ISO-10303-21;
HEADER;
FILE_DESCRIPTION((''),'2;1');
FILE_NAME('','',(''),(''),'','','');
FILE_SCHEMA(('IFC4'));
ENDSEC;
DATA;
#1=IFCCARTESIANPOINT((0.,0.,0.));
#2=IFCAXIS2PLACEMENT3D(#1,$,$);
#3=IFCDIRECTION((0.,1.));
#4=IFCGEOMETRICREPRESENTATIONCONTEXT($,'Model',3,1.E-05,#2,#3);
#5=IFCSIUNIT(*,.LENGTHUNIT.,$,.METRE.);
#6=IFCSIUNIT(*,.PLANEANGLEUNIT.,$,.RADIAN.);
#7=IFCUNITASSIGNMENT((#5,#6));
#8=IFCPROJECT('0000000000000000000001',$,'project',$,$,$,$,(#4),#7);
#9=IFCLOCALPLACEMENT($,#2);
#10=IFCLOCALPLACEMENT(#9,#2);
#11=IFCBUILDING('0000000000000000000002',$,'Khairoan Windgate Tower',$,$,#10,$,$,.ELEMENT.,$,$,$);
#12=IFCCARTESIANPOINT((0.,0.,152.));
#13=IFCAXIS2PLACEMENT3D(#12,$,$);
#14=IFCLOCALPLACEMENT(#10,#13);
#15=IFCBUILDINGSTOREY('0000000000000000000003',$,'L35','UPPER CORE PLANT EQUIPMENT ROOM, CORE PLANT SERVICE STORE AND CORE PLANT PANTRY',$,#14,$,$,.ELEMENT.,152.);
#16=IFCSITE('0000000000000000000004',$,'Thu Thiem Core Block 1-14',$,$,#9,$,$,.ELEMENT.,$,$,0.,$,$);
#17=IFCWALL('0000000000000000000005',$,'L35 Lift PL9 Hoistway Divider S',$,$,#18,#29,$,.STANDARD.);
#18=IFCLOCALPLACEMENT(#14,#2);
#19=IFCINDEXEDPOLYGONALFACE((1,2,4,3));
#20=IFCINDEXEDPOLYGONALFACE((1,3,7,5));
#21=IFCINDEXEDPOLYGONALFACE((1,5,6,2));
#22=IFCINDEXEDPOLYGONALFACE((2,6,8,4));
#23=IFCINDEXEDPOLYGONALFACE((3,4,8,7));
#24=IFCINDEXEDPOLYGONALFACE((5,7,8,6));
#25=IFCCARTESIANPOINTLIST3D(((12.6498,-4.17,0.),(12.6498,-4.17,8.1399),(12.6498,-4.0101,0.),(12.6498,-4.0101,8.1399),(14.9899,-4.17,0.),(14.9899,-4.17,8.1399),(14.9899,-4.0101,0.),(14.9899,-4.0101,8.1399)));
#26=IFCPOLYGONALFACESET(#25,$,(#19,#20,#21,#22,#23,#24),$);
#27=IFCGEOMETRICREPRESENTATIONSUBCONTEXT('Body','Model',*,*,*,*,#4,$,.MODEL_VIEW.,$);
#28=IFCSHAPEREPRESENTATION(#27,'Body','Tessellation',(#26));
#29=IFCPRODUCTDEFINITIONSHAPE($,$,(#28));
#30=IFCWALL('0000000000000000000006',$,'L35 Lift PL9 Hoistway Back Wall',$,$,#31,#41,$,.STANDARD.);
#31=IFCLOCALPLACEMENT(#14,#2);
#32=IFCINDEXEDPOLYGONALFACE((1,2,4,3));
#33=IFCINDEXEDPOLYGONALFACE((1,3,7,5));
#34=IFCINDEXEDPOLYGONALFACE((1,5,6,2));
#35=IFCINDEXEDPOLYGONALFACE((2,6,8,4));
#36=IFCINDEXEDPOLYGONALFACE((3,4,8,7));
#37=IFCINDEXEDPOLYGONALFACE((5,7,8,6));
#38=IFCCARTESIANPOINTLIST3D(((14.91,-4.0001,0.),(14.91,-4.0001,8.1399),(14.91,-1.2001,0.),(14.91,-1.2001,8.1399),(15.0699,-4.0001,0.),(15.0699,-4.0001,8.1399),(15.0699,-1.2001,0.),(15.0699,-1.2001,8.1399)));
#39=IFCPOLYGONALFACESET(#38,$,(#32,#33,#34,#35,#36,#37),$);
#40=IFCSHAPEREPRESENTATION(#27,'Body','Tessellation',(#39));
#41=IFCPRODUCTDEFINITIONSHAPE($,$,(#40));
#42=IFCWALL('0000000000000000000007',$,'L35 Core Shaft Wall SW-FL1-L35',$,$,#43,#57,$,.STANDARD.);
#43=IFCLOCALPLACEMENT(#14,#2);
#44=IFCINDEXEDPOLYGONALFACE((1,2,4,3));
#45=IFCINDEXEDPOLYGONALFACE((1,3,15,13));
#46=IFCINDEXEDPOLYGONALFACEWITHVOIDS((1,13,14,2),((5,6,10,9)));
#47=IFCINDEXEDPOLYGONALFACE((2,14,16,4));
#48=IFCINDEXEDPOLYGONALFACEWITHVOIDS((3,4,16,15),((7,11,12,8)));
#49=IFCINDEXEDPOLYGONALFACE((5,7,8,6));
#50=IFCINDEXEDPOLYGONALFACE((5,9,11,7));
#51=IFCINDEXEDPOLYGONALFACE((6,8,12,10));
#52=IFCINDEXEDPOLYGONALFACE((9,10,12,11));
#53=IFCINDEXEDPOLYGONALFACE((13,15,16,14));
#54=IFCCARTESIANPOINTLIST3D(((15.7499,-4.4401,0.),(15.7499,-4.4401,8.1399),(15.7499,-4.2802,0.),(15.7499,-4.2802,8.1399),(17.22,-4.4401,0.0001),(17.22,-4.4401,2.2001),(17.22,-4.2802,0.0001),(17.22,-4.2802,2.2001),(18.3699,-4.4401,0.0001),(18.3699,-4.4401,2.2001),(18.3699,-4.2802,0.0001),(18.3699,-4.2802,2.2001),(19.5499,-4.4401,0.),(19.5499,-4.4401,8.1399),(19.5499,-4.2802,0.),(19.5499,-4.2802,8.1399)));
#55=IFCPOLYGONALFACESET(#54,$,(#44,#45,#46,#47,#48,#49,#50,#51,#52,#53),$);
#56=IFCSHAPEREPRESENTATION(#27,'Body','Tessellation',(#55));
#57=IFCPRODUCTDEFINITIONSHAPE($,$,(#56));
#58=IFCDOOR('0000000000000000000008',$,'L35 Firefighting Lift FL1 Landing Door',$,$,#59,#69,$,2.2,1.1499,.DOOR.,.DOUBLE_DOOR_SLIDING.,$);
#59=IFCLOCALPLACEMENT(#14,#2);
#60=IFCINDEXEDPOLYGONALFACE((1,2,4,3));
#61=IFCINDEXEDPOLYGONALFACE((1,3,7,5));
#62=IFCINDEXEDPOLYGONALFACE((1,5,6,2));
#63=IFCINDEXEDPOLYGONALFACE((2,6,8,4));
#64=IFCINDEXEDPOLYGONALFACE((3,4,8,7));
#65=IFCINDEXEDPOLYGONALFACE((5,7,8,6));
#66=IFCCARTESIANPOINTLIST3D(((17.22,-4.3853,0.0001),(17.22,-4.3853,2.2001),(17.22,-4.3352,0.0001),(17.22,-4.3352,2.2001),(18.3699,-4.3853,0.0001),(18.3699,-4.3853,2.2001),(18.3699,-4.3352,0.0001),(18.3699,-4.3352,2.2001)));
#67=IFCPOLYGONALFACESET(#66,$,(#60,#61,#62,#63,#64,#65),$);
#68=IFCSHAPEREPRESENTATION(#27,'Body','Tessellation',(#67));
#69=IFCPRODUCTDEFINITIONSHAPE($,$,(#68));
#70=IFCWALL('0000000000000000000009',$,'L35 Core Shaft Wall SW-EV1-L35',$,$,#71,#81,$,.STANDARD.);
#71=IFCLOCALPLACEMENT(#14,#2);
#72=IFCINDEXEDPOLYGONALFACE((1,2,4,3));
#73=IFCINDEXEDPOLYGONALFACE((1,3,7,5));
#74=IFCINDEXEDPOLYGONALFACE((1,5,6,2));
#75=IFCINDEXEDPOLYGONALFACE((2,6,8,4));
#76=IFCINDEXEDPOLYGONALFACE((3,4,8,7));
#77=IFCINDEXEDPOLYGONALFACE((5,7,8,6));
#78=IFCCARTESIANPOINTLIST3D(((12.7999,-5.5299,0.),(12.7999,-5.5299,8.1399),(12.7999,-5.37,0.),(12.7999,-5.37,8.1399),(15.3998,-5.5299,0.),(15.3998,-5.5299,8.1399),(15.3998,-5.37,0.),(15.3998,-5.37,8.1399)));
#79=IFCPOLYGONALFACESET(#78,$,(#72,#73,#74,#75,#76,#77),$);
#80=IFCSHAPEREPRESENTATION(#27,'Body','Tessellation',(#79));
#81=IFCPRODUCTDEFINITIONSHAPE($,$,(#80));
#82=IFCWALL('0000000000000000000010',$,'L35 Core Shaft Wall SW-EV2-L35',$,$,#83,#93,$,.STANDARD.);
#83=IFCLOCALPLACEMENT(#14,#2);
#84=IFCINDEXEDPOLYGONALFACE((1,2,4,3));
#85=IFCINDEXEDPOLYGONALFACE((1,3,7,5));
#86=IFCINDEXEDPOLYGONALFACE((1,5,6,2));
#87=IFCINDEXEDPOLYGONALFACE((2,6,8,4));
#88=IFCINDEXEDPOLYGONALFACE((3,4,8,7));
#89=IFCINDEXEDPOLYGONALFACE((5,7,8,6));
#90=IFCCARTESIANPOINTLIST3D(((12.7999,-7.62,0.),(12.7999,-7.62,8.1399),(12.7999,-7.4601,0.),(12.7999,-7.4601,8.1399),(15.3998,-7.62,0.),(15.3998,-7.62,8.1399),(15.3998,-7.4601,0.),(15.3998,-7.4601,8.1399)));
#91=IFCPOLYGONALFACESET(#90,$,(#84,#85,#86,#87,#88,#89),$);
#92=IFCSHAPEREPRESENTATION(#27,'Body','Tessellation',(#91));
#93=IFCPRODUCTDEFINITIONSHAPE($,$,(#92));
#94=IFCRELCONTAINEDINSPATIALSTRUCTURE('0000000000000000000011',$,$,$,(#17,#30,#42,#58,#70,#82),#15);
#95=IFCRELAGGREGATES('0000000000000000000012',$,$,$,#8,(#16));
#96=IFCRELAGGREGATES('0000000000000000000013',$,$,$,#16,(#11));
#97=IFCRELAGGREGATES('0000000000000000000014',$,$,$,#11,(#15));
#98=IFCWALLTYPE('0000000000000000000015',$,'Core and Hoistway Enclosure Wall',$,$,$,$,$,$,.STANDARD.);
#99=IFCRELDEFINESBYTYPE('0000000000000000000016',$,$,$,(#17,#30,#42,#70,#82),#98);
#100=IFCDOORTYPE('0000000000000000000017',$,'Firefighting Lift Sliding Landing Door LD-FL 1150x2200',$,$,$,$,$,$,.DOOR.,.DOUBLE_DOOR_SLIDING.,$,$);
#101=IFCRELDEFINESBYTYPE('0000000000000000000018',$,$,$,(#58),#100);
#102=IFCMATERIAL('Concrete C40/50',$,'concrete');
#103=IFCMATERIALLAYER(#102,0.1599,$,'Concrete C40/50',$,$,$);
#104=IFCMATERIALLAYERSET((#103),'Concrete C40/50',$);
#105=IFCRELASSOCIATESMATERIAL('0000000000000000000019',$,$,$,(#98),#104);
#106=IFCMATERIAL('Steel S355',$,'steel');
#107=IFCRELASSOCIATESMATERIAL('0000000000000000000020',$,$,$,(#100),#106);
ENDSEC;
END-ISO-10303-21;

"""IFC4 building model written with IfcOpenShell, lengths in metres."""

from ifc_helpers import new_model, si_unit, direction, frame, frame_2d, origin, place, context, subcontext, project, spatial, rectangle, extrude, material, layer, layer_set, type_object, element, fill, save


model = new_model("IFC4")

# Units and contexts
model_context = context("Model", 3, precision=1e-05, world=origin(), true_north=direction((0.0, 1.0)))
body_context = subcontext(model_context, "Body", "Model", "MODEL_VIEW")
ifc_project = project(units=[si_unit("LENGTHUNIT", "METRE"), si_unit("PLANEANGLEUNIT", "RADIAN")], contexts=[model_context])

# Site, building, storey
site_placement = place(None, origin())
site = spatial("IfcSite", under=ifc_project, at=site_placement, Name="Thu Thiem Core Block 1-14", CompositionType="ELEMENT", RefElevation=0.0)
building_placement = place(site_placement, origin())
building = spatial("IfcBuilding", under=site, at=building_placement, Name="Khairoan Windgate Tower", CompositionType="ELEMENT")
storey_placement = place(building_placement, frame((0.0, 0.0, 152.0)))
storey = spatial("IfcBuildingStorey", under=building, at=storey_placement, Name="L35", Description="UPPER CORE PLANT EQUIPMENT ROOM, CORE PLANT SERVICE STORE AND CORE PLANT PANTRY", CompositionType="ELEMENT", Elevation=152.0)

# Walls
ifc_material_1 = material(Name="Concrete C40/50", Category="concrete")
ifc_layer_1 = layer(ifc_material_1, 0.1599, Name="Concrete C40/50")
ifc_layer_set_1 = layer_set([ifc_layer_1], Name="Concrete C40/50")
wall_type = type_object("IfcWallType", Name="Core and Hoistway Enclosure Wall", PredefinedType="STANDARD", material=ifc_layer_set_1)
wall_1_placement = place(storey_placement, frame((12.6499, -4.0901, 0.0), z_axis=(0.0, 0.0, 1.0), x_axis=(1.0, 0.0, 0.0)))
element("IfcWall", 1, at=wall_1_placement, inside=storey, type_object=wall_type, Name="L35 Lift PL9 Hoistway Divider S", PredefinedType="STANDARD", context=body_context, shape_type="SweptSolid", body=[
    extrude(rectangle(XDim=2.3401, YDim=0.1599, at=frame_2d((1.1699, 0.0))), origin(), (0.0, 0.0, 1.0), 8.1399),
])
wall_2_placement = place(storey_placement, frame((14.99, -4.0, 0.0), z_axis=(0.0, 0.0, 1.0), x_axis=(0.0, 1.0, 0.0)))
element("IfcWall", 2, at=wall_2_placement, inside=storey, type_object=wall_type, Name="L35 Lift PL9 Hoistway Back Wall", PredefinedType="STANDARD", context=body_context, shape_type="SweptSolid", body=[
    extrude(rectangle(XDim=2.8, YDim=0.1599, at=frame_2d((1.3999, 0.0))), origin(), (0.0, 0.0, 1.0), 8.1399),
])

# Wall, opening, door
wall_3_placement = place(storey_placement, frame((15.75, -4.3601, 0.0), z_axis=(0.0, 0.0, 1.0), x_axis=(1.0, 0.0, 0.0)))
wall_3 = element("IfcWall", 3, at=wall_3_placement, inside=storey, type_object=wall_type, Name="L35 Core Shaft Wall SW-FL1-L35", PredefinedType="STANDARD", context=body_context, shape_type="SweptSolid", body=[
    extrude(rectangle(XDim=3.8, YDim=0.1599, at=frame_2d((1.8999, 0.0))), origin(), (0.0, 0.0, 1.0), 8.1399),
])
opening_placement = place(wall_3_placement, frame((1.47, 0.0, 0.0)))
opening = element("IfcOpeningElement", 4, at=opening_placement, cuts=wall_3, PredefinedType="OPENING", context=body_context, shape_type="SweptSolid", body=[
    extrude(rectangle(XDim=1.1499, YDim=2.2, at=frame_2d((0.575, 1.1001))), frame((0.0, 0.0898, 0.0), z_axis=(0.0, -1.0, 0.0), x_axis=(1.0, 0.0, 0.0)), (0.0, 0.0, 1.0), 0.1799),
])
ifc_material_2 = material(Name="Steel S355", Category="steel")
door_type = type_object("IfcDoorType", Name="Firefighting Lift Sliding Landing Door LD-FL 1150x2200", OperationType="DOUBLE_DOOR_SLIDING", PredefinedType="DOOR", material=ifc_material_2)
door_placement = place(opening_placement, origin())
door = element("IfcDoor", 5, at=door_placement, inside=storey, type_object=door_type, Name="L35 Firefighting Lift FL1 Landing Door", OperationType="DOUBLE_DOOR_SLIDING", OverallHeight=2.2, OverallWidth=1.1499, PredefinedType="DOOR", context=body_context, shape_type="SweptSolid", body=[
    extrude(rectangle(XDim=1.1499, YDim=2.2, at=frame_2d((0.575, 1.1001))), frame((0.0, 0.0249, 0.0), z_axis=(0.0, -1.0, 0.0), x_axis=(1.0, 0.0, 0.0)), (0.0, 0.0, 1.0), 0.05),
])
fill(opening, door)

# Walls
for number, where, z_axis, x_axis, name in (
    (6, (12.8, -5.45, 0.0), (0.0, 0.0, 1.0), (1.0, 0.0, 0.0), "L35 Core Shaft Wall SW-EV1-L35"),
    (7, (12.8, -7.54, 0.0), (0.0, 0.0, 1.0), (1.0, 0.0, 0.0), "L35 Core Shaft Wall SW-EV2-L35"),
):
    element("IfcWall", number, at=place(storey_placement, frame(where, z_axis=z_axis, x_axis=x_axis)), inside=storey, type_object=wall_type, Name=name, PredefinedType="STANDARD", context=body_context, shape_type="SweptSolid", body=[
        extrude(rectangle(XDim=2.5999, YDim=0.1599, at=frame_2d((1.2998, 0.0))), origin(), (0.0, 0.0, 1.0), 8.1399),
    ])

save(model, "model.ifc")
